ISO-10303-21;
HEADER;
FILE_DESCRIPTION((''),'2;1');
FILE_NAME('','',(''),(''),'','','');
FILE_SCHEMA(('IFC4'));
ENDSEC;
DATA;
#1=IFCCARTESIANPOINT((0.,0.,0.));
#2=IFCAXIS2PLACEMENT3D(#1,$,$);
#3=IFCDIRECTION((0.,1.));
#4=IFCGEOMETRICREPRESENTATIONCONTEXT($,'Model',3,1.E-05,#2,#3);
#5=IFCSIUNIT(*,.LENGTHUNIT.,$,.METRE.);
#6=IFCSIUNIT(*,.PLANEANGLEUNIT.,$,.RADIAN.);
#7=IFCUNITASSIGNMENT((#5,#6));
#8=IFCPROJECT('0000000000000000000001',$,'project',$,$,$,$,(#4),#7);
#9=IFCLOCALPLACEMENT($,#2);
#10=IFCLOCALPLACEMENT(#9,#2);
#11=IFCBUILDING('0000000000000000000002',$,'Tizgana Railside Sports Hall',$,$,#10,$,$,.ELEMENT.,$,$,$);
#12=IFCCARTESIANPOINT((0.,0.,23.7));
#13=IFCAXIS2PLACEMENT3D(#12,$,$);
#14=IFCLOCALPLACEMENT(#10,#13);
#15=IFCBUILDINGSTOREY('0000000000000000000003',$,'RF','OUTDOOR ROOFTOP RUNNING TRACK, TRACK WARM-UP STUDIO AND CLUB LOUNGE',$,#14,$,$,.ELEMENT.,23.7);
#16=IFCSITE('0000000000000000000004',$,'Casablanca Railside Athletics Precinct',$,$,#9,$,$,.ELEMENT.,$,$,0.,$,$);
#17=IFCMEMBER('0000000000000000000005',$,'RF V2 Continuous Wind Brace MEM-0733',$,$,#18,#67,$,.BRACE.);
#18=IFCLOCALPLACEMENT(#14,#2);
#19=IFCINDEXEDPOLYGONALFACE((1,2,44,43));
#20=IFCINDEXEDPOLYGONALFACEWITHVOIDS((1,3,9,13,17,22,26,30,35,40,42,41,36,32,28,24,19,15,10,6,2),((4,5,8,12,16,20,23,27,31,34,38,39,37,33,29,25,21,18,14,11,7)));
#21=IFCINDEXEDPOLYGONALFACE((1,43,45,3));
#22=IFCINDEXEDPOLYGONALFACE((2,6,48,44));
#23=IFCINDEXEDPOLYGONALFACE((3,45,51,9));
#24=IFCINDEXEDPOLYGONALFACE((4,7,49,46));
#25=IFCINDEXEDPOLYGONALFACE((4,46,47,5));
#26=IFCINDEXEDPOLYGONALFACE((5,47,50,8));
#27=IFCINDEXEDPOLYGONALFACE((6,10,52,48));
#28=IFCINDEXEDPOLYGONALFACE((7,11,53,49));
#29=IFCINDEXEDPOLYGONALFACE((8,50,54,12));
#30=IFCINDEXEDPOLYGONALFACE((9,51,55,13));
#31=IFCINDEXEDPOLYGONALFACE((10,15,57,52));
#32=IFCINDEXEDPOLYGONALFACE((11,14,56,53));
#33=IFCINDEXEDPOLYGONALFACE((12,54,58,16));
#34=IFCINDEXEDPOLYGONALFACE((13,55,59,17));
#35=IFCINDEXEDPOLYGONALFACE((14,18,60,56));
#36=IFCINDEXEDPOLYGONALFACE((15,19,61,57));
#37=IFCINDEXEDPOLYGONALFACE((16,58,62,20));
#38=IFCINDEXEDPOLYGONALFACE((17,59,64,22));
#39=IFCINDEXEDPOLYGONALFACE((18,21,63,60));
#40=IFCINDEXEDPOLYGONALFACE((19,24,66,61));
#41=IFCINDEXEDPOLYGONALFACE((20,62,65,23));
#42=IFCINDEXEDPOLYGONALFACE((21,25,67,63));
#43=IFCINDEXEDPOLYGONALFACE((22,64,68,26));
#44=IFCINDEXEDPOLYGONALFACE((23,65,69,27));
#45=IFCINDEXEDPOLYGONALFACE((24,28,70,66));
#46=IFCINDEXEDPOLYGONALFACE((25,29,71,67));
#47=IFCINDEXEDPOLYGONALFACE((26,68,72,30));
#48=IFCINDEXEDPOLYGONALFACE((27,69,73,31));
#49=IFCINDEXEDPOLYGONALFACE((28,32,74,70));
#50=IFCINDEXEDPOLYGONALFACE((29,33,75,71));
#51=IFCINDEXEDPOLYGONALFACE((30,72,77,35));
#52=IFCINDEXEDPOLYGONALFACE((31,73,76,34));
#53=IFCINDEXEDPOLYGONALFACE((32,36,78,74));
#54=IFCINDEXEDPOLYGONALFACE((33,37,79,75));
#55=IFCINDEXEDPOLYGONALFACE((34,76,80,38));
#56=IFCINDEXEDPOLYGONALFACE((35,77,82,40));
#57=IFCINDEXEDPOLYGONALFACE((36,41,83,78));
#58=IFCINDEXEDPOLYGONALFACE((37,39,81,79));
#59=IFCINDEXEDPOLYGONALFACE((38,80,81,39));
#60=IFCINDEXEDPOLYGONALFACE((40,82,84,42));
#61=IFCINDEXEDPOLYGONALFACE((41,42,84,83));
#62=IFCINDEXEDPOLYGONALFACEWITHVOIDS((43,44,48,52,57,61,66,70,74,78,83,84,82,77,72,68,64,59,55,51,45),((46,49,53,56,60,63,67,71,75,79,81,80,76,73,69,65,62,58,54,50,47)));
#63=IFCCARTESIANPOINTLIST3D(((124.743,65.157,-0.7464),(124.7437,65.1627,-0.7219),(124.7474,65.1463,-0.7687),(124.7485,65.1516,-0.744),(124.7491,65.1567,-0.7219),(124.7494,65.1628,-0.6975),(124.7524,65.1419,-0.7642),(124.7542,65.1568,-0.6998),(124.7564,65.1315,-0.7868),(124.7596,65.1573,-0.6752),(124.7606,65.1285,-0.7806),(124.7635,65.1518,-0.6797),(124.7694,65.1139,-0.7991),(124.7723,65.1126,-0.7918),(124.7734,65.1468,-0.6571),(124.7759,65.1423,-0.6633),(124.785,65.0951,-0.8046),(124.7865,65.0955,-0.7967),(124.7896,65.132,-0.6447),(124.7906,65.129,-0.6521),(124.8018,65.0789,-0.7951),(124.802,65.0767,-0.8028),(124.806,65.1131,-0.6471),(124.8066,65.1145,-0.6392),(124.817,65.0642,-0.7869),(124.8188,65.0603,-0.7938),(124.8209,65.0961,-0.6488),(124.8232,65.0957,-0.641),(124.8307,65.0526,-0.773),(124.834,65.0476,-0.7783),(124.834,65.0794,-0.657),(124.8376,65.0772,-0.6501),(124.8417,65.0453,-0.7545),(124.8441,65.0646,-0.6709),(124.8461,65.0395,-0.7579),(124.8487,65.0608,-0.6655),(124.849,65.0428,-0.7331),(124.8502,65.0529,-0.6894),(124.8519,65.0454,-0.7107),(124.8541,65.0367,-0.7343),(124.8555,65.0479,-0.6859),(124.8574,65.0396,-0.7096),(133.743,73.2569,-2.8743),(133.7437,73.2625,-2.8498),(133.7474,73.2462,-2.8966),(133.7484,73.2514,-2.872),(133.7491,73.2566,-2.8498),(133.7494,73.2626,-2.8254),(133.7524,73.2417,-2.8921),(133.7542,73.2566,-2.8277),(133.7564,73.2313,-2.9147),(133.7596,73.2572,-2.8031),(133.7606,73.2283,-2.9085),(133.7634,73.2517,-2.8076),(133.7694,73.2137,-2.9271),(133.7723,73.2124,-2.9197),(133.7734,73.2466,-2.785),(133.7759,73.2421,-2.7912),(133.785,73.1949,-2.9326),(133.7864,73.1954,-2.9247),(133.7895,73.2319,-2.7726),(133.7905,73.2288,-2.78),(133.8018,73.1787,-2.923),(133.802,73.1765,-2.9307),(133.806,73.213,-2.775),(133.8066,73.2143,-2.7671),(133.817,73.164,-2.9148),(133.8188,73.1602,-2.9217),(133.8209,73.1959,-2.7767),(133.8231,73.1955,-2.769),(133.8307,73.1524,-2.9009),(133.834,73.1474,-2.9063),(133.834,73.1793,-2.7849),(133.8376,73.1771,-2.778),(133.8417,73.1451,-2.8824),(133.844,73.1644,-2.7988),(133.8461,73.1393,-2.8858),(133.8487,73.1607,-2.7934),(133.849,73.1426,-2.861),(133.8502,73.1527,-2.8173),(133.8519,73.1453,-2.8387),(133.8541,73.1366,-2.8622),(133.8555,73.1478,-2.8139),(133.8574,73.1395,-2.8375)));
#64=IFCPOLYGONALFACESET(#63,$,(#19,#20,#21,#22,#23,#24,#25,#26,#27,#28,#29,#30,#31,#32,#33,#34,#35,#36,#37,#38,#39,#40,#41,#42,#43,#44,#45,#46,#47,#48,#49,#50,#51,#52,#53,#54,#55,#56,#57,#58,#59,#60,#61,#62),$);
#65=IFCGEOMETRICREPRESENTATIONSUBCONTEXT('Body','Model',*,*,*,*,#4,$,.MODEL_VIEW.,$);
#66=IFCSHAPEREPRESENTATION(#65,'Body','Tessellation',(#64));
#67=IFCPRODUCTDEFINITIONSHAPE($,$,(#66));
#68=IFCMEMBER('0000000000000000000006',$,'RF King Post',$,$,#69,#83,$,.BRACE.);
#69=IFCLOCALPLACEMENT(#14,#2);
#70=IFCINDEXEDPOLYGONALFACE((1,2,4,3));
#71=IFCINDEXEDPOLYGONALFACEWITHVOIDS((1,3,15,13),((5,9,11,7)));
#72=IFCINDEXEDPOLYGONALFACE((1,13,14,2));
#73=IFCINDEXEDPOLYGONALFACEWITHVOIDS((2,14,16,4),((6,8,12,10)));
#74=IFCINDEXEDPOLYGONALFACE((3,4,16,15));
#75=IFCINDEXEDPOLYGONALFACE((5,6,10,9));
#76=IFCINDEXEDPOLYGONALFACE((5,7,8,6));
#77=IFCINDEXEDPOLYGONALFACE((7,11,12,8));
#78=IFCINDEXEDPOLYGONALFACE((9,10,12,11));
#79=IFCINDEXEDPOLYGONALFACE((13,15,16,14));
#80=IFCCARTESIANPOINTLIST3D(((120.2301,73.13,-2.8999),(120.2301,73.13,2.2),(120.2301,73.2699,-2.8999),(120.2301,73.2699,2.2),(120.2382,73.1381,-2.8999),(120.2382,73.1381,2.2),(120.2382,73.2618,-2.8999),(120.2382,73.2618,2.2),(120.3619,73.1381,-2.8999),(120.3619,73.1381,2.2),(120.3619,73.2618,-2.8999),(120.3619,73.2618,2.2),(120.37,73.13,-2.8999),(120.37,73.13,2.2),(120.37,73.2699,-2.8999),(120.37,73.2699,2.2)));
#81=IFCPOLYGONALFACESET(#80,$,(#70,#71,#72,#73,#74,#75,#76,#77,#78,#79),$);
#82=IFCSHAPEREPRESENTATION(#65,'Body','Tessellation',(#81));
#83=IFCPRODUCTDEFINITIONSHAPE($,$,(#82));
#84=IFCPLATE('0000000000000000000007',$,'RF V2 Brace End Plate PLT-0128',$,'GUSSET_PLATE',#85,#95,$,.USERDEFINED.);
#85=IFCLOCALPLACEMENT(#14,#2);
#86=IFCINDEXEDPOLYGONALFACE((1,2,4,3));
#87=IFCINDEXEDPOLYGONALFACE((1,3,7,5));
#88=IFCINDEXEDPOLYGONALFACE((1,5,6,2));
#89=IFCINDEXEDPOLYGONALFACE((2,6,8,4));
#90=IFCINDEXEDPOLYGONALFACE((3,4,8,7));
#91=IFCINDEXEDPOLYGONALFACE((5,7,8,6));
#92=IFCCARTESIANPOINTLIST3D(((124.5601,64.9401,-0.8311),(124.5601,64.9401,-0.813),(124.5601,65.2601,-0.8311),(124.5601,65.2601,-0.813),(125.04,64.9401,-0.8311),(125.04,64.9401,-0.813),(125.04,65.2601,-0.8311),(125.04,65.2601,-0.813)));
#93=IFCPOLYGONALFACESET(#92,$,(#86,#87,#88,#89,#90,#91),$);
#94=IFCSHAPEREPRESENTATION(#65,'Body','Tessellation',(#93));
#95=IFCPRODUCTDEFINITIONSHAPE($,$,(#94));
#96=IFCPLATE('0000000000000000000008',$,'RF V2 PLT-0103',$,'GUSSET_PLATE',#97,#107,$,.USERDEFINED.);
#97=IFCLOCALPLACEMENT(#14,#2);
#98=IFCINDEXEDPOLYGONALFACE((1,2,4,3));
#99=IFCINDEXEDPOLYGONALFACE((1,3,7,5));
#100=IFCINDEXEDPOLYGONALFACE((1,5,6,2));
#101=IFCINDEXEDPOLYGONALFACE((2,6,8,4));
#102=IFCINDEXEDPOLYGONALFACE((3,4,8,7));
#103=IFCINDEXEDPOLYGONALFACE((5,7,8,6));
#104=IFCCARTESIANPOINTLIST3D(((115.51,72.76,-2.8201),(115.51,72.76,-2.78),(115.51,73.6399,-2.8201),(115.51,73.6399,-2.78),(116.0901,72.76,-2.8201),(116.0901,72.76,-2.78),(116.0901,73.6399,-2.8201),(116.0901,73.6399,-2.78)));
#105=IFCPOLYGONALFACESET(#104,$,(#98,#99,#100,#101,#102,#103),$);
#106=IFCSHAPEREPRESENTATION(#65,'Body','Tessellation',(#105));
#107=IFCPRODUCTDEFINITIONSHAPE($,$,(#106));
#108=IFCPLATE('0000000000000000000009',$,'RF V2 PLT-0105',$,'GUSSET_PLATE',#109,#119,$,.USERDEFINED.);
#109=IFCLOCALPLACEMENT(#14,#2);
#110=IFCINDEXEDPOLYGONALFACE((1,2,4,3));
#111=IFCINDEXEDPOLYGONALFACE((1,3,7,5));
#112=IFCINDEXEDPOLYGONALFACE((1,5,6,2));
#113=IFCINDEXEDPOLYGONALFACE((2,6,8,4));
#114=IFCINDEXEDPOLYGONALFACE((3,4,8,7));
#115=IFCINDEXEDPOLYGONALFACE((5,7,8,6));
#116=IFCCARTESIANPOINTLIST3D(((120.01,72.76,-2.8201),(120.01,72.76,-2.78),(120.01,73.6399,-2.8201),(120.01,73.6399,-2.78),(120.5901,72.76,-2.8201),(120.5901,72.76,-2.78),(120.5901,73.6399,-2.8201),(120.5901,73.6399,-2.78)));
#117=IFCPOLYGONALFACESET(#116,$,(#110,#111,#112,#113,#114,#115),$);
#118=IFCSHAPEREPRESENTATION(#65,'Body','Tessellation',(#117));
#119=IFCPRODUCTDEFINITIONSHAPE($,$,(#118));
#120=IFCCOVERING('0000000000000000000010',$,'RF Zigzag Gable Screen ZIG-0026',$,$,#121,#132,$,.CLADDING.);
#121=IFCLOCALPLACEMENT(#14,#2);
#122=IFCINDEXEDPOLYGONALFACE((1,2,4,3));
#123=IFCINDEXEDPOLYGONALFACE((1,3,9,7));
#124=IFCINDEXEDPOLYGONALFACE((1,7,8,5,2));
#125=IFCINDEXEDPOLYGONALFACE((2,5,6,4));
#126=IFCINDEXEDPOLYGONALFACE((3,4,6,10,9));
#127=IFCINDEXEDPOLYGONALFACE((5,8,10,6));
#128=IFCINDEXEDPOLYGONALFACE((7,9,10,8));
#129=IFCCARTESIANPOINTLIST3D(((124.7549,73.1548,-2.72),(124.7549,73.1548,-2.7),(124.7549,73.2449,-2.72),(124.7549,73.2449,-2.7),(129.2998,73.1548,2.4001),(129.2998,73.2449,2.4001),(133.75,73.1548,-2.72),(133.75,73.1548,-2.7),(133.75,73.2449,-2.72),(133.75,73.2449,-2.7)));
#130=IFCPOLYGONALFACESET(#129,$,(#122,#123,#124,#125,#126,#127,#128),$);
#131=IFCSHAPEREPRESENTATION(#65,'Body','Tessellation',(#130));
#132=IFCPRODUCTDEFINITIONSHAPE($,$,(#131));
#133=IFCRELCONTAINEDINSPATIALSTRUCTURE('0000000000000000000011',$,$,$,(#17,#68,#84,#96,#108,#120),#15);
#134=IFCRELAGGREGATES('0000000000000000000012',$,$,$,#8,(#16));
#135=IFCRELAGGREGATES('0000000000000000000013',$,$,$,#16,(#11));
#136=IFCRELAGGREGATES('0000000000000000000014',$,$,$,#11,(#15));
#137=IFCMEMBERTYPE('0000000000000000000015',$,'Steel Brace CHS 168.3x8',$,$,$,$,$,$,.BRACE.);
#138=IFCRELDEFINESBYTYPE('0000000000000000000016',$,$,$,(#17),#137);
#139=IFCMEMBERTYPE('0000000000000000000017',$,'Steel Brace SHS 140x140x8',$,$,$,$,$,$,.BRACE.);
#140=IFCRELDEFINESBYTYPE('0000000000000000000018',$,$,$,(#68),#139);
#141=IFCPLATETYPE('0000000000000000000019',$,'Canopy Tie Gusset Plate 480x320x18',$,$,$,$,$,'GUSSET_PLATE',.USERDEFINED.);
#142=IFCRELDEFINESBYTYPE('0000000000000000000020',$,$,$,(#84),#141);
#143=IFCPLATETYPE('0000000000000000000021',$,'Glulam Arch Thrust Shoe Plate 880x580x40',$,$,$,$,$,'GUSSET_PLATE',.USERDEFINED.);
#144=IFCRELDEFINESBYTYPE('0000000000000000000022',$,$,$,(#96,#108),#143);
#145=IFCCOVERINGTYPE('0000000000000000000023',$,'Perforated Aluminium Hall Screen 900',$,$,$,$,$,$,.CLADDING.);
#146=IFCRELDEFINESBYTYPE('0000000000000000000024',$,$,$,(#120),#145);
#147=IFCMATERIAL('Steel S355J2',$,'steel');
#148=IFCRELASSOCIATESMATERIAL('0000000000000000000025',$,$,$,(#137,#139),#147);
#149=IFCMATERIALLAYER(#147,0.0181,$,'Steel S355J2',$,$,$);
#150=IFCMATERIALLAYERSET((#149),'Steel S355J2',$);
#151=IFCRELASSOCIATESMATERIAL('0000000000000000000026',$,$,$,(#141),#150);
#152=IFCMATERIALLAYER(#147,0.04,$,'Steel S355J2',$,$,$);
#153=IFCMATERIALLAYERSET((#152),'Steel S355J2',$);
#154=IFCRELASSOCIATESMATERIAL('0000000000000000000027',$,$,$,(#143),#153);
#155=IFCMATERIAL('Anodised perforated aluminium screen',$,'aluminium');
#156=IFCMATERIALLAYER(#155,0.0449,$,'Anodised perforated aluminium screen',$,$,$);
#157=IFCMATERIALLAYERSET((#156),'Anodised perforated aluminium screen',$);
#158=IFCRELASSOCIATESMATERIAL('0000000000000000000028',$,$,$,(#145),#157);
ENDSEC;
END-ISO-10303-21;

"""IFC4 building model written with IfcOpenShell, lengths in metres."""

from ifc_helpers import new_model, si_unit, direction, frame, origin, origin_2d, place, context, subcontext, project, spatial, polyline, rectangle, hollow_rectangle, hollow_circle, outline, extrude, material, layer, layer_set, material_profile, profile_set, type_object, element, save


model = new_model("IFC4")

# Units and contexts
model_context = context("Model", 3, precision=1e-05, world=origin(), true_north=direction((0.0, 1.0)))
body_context = subcontext(model_context, "Body", "Model", "MODEL_VIEW")
ifc_project = project(units=[si_unit("LENGTHUNIT", "METRE"), si_unit("PLANEANGLEUNIT", "RADIAN")], contexts=[model_context])

# Site, building, storey
site_placement = place(None, origin())
site = spatial("IfcSite", under=ifc_project, at=site_placement, Name="Casablanca Railside Athletics Precinct", CompositionType="ELEMENT", RefElevation=0.0)
building_placement = place(site_placement, origin())
building = spatial("IfcBuilding", under=site, at=building_placement, Name="Tizgana Railside Sports Hall", CompositionType="ELEMENT")
storey_placement = place(building_placement, frame((0.0, 0.0, 23.7)))
storey = spatial("IfcBuildingStorey", under=building, at=storey_placement, Name="RF", Description="OUTDOOR ROOFTOP RUNNING TRACK, TRACK WARM-UP STUDIO AND CLUB LOUNGE", CompositionType="ELEMENT", Elevation=23.7)

# Members
ifc_material_1 = material(Name="Steel S355J2", Category="steel")
ifc_material_profile_1 = material_profile(ifc_material_1, hollow_circle(Radius=0.0842, WallThickness=0.0081, at=origin_2d()), Name="CHS 168.3x8")
ifc_profile_set_1 = profile_set([ifc_material_profile_1], Name="Steel S355J2")
member_type_1 = type_object("IfcMemberType", Name="Steel Brace CHS 168.3x8", PredefinedType="BRACE", material=ifc_profile_set_1)
member_1_placement = place(storey_placement, frame((124.8, 65.1001, -0.7219), z_axis=(0.732081, 0.658861, -0.173091), x_axis=(-0.668958, 0.7433, 0.0)))
element("IfcMember", 1, at=member_1_placement, inside=storey, type_object=member_type_1, Name="RF V2 Continuous Wind Brace MEM-0733", PredefinedType="BRACE", context=body_context, shape_type="SweptSolid", body=[
    extrude(hollow_circle(Radius=0.0842, WallThickness=0.0081, at=origin_2d()), origin(), (0.0, 0.0, 1.0), 12.2937),
])
ifc_material_profile_2 = material_profile(ifc_material_1, hollow_rectangle(XDim=0.1399, YDim=0.1399, WallThickness=0.0081, at=origin_2d()), Name="SHS 140x140x8")
ifc_profile_set_2 = profile_set([ifc_material_profile_2], Name="Steel S355J2")
member_type_2 = type_object("IfcMemberType", Name="Steel Brace SHS 140x140x8", PredefinedType="BRACE", material=ifc_profile_set_2)
member_2_placement = place(storey_placement, frame((120.3, 73.2, -2.8999), z_axis=(0.0, 0.0, 1.0), x_axis=(1.0, 0.0, 0.0)))
element("IfcMember", 2, at=member_2_placement, inside=storey, type_object=member_type_2, Name="RF King Post", PredefinedType="BRACE", context=body_context, shape_type="SweptSolid", body=[
    extrude(hollow_rectangle(XDim=0.1399, YDim=0.1399, WallThickness=0.0081, at=origin_2d()), origin(), (0.0, 0.0, 1.0), 5.0999),
])

# Plates
ifc_layer_1 = layer(ifc_material_1, 0.0181, Name="Steel S355J2")
ifc_layer_set_1 = layer_set([ifc_layer_1], Name="Steel S355J2")
plate_type_1 = type_object("IfcPlateType", Name="Canopy Tie Gusset Plate 480x320x18", ElementType="GUSSET_PLATE", PredefinedType="USERDEFINED", material=ifc_layer_set_1)
plate_placement = place(storey_placement, frame((124.8, 65.1001, -0.8311), z_axis=(0.0, 0.0, 1.0), x_axis=(1.0, 0.0, 0.0)))
element("IfcPlate", 3, at=plate_placement, inside=storey, type_object=plate_type_1, Name="RF V2 Brace End Plate PLT-0128", ObjectType="GUSSET_PLATE", PredefinedType="USERDEFINED", context=body_context, shape_type="SweptSolid", body=[
    extrude(rectangle(XDim=0.48, YDim=0.3201, at=origin_2d()), origin(), (0.0, 0.0, 1.0), 0.0181),
])
ifc_layer_2 = layer(ifc_material_1, 0.04, Name="Steel S355J2")
ifc_layer_set_2 = layer_set([ifc_layer_2], Name="Steel S355J2")
plate_type_2 = type_object("IfcPlateType", Name="Glulam Arch Thrust Shoe Plate 880x580x40", ElementType="GUSSET_PLATE", PredefinedType="USERDEFINED", material=ifc_layer_set_2)
for number, where, z_axis, x_axis, name in (
    (4, (115.8, 73.2, -2.8201), (0.0, 0.0, 1.0), (1.0, 0.0, 0.0), "RF V2 PLT-0103"),
    (5, (120.3, 73.2, -2.8201), (0.0, 0.0, 1.0), (1.0, 0.0, 0.0), "RF V2 PLT-0105"),
):
    element("IfcPlate", number, at=place(storey_placement, frame(where, z_axis=z_axis, x_axis=x_axis)), inside=storey, type_object=plate_type_2, Name=name, ObjectType="GUSSET_PLATE", PredefinedType="USERDEFINED", context=body_context, shape_type="SweptSolid", body=[
        extrude(rectangle(XDim=0.5801, YDim=0.8799, at=origin_2d()), origin(), (0.0, 0.0, 1.0), 0.04),
    ])

# Covering
ifc_material_2 = material(Name="Anodised perforated aluminium screen", Category="aluminium")
ifc_layer_3 = layer(ifc_material_2, 0.0449, Name="Anodised perforated aluminium screen")
ifc_layer_set_3 = layer_set([ifc_layer_3], Name="Anodised perforated aluminium screen")
covering_type = type_object("IfcCoveringType", Name="Perforated Aluminium Hall Screen 900", PredefinedType="CLADDING", material=ifc_layer_set_3)
covering_placement = place(storey_placement, frame((124.7549, 73.2, -2.72), z_axis=(0.0, 0.0, 1.0), x_axis=(1.0, 0.0, 0.0)))
element("IfcCovering", 6, at=covering_placement, inside=storey, type_object=covering_type, Name="RF Zigzag Gable Screen ZIG-0026", PredefinedType="CLADDING", context=body_context, shape_type="SweptSolid", body=[
    extrude(outline(polyline([(0.0, 0.0), (8.9951, 0.0), (8.9951, 0.02), (4.5449, 5.1201), (0.0, 0.02), (0.0, 0.0)])), frame((0.0, 0.0449, 0.0), z_axis=(0.0, -1.0, 0.0), x_axis=(1.0, 0.0, 0.0)), (0.0, 0.0, 1.0), 0.0901),
])

save(model, "model.ifc")
